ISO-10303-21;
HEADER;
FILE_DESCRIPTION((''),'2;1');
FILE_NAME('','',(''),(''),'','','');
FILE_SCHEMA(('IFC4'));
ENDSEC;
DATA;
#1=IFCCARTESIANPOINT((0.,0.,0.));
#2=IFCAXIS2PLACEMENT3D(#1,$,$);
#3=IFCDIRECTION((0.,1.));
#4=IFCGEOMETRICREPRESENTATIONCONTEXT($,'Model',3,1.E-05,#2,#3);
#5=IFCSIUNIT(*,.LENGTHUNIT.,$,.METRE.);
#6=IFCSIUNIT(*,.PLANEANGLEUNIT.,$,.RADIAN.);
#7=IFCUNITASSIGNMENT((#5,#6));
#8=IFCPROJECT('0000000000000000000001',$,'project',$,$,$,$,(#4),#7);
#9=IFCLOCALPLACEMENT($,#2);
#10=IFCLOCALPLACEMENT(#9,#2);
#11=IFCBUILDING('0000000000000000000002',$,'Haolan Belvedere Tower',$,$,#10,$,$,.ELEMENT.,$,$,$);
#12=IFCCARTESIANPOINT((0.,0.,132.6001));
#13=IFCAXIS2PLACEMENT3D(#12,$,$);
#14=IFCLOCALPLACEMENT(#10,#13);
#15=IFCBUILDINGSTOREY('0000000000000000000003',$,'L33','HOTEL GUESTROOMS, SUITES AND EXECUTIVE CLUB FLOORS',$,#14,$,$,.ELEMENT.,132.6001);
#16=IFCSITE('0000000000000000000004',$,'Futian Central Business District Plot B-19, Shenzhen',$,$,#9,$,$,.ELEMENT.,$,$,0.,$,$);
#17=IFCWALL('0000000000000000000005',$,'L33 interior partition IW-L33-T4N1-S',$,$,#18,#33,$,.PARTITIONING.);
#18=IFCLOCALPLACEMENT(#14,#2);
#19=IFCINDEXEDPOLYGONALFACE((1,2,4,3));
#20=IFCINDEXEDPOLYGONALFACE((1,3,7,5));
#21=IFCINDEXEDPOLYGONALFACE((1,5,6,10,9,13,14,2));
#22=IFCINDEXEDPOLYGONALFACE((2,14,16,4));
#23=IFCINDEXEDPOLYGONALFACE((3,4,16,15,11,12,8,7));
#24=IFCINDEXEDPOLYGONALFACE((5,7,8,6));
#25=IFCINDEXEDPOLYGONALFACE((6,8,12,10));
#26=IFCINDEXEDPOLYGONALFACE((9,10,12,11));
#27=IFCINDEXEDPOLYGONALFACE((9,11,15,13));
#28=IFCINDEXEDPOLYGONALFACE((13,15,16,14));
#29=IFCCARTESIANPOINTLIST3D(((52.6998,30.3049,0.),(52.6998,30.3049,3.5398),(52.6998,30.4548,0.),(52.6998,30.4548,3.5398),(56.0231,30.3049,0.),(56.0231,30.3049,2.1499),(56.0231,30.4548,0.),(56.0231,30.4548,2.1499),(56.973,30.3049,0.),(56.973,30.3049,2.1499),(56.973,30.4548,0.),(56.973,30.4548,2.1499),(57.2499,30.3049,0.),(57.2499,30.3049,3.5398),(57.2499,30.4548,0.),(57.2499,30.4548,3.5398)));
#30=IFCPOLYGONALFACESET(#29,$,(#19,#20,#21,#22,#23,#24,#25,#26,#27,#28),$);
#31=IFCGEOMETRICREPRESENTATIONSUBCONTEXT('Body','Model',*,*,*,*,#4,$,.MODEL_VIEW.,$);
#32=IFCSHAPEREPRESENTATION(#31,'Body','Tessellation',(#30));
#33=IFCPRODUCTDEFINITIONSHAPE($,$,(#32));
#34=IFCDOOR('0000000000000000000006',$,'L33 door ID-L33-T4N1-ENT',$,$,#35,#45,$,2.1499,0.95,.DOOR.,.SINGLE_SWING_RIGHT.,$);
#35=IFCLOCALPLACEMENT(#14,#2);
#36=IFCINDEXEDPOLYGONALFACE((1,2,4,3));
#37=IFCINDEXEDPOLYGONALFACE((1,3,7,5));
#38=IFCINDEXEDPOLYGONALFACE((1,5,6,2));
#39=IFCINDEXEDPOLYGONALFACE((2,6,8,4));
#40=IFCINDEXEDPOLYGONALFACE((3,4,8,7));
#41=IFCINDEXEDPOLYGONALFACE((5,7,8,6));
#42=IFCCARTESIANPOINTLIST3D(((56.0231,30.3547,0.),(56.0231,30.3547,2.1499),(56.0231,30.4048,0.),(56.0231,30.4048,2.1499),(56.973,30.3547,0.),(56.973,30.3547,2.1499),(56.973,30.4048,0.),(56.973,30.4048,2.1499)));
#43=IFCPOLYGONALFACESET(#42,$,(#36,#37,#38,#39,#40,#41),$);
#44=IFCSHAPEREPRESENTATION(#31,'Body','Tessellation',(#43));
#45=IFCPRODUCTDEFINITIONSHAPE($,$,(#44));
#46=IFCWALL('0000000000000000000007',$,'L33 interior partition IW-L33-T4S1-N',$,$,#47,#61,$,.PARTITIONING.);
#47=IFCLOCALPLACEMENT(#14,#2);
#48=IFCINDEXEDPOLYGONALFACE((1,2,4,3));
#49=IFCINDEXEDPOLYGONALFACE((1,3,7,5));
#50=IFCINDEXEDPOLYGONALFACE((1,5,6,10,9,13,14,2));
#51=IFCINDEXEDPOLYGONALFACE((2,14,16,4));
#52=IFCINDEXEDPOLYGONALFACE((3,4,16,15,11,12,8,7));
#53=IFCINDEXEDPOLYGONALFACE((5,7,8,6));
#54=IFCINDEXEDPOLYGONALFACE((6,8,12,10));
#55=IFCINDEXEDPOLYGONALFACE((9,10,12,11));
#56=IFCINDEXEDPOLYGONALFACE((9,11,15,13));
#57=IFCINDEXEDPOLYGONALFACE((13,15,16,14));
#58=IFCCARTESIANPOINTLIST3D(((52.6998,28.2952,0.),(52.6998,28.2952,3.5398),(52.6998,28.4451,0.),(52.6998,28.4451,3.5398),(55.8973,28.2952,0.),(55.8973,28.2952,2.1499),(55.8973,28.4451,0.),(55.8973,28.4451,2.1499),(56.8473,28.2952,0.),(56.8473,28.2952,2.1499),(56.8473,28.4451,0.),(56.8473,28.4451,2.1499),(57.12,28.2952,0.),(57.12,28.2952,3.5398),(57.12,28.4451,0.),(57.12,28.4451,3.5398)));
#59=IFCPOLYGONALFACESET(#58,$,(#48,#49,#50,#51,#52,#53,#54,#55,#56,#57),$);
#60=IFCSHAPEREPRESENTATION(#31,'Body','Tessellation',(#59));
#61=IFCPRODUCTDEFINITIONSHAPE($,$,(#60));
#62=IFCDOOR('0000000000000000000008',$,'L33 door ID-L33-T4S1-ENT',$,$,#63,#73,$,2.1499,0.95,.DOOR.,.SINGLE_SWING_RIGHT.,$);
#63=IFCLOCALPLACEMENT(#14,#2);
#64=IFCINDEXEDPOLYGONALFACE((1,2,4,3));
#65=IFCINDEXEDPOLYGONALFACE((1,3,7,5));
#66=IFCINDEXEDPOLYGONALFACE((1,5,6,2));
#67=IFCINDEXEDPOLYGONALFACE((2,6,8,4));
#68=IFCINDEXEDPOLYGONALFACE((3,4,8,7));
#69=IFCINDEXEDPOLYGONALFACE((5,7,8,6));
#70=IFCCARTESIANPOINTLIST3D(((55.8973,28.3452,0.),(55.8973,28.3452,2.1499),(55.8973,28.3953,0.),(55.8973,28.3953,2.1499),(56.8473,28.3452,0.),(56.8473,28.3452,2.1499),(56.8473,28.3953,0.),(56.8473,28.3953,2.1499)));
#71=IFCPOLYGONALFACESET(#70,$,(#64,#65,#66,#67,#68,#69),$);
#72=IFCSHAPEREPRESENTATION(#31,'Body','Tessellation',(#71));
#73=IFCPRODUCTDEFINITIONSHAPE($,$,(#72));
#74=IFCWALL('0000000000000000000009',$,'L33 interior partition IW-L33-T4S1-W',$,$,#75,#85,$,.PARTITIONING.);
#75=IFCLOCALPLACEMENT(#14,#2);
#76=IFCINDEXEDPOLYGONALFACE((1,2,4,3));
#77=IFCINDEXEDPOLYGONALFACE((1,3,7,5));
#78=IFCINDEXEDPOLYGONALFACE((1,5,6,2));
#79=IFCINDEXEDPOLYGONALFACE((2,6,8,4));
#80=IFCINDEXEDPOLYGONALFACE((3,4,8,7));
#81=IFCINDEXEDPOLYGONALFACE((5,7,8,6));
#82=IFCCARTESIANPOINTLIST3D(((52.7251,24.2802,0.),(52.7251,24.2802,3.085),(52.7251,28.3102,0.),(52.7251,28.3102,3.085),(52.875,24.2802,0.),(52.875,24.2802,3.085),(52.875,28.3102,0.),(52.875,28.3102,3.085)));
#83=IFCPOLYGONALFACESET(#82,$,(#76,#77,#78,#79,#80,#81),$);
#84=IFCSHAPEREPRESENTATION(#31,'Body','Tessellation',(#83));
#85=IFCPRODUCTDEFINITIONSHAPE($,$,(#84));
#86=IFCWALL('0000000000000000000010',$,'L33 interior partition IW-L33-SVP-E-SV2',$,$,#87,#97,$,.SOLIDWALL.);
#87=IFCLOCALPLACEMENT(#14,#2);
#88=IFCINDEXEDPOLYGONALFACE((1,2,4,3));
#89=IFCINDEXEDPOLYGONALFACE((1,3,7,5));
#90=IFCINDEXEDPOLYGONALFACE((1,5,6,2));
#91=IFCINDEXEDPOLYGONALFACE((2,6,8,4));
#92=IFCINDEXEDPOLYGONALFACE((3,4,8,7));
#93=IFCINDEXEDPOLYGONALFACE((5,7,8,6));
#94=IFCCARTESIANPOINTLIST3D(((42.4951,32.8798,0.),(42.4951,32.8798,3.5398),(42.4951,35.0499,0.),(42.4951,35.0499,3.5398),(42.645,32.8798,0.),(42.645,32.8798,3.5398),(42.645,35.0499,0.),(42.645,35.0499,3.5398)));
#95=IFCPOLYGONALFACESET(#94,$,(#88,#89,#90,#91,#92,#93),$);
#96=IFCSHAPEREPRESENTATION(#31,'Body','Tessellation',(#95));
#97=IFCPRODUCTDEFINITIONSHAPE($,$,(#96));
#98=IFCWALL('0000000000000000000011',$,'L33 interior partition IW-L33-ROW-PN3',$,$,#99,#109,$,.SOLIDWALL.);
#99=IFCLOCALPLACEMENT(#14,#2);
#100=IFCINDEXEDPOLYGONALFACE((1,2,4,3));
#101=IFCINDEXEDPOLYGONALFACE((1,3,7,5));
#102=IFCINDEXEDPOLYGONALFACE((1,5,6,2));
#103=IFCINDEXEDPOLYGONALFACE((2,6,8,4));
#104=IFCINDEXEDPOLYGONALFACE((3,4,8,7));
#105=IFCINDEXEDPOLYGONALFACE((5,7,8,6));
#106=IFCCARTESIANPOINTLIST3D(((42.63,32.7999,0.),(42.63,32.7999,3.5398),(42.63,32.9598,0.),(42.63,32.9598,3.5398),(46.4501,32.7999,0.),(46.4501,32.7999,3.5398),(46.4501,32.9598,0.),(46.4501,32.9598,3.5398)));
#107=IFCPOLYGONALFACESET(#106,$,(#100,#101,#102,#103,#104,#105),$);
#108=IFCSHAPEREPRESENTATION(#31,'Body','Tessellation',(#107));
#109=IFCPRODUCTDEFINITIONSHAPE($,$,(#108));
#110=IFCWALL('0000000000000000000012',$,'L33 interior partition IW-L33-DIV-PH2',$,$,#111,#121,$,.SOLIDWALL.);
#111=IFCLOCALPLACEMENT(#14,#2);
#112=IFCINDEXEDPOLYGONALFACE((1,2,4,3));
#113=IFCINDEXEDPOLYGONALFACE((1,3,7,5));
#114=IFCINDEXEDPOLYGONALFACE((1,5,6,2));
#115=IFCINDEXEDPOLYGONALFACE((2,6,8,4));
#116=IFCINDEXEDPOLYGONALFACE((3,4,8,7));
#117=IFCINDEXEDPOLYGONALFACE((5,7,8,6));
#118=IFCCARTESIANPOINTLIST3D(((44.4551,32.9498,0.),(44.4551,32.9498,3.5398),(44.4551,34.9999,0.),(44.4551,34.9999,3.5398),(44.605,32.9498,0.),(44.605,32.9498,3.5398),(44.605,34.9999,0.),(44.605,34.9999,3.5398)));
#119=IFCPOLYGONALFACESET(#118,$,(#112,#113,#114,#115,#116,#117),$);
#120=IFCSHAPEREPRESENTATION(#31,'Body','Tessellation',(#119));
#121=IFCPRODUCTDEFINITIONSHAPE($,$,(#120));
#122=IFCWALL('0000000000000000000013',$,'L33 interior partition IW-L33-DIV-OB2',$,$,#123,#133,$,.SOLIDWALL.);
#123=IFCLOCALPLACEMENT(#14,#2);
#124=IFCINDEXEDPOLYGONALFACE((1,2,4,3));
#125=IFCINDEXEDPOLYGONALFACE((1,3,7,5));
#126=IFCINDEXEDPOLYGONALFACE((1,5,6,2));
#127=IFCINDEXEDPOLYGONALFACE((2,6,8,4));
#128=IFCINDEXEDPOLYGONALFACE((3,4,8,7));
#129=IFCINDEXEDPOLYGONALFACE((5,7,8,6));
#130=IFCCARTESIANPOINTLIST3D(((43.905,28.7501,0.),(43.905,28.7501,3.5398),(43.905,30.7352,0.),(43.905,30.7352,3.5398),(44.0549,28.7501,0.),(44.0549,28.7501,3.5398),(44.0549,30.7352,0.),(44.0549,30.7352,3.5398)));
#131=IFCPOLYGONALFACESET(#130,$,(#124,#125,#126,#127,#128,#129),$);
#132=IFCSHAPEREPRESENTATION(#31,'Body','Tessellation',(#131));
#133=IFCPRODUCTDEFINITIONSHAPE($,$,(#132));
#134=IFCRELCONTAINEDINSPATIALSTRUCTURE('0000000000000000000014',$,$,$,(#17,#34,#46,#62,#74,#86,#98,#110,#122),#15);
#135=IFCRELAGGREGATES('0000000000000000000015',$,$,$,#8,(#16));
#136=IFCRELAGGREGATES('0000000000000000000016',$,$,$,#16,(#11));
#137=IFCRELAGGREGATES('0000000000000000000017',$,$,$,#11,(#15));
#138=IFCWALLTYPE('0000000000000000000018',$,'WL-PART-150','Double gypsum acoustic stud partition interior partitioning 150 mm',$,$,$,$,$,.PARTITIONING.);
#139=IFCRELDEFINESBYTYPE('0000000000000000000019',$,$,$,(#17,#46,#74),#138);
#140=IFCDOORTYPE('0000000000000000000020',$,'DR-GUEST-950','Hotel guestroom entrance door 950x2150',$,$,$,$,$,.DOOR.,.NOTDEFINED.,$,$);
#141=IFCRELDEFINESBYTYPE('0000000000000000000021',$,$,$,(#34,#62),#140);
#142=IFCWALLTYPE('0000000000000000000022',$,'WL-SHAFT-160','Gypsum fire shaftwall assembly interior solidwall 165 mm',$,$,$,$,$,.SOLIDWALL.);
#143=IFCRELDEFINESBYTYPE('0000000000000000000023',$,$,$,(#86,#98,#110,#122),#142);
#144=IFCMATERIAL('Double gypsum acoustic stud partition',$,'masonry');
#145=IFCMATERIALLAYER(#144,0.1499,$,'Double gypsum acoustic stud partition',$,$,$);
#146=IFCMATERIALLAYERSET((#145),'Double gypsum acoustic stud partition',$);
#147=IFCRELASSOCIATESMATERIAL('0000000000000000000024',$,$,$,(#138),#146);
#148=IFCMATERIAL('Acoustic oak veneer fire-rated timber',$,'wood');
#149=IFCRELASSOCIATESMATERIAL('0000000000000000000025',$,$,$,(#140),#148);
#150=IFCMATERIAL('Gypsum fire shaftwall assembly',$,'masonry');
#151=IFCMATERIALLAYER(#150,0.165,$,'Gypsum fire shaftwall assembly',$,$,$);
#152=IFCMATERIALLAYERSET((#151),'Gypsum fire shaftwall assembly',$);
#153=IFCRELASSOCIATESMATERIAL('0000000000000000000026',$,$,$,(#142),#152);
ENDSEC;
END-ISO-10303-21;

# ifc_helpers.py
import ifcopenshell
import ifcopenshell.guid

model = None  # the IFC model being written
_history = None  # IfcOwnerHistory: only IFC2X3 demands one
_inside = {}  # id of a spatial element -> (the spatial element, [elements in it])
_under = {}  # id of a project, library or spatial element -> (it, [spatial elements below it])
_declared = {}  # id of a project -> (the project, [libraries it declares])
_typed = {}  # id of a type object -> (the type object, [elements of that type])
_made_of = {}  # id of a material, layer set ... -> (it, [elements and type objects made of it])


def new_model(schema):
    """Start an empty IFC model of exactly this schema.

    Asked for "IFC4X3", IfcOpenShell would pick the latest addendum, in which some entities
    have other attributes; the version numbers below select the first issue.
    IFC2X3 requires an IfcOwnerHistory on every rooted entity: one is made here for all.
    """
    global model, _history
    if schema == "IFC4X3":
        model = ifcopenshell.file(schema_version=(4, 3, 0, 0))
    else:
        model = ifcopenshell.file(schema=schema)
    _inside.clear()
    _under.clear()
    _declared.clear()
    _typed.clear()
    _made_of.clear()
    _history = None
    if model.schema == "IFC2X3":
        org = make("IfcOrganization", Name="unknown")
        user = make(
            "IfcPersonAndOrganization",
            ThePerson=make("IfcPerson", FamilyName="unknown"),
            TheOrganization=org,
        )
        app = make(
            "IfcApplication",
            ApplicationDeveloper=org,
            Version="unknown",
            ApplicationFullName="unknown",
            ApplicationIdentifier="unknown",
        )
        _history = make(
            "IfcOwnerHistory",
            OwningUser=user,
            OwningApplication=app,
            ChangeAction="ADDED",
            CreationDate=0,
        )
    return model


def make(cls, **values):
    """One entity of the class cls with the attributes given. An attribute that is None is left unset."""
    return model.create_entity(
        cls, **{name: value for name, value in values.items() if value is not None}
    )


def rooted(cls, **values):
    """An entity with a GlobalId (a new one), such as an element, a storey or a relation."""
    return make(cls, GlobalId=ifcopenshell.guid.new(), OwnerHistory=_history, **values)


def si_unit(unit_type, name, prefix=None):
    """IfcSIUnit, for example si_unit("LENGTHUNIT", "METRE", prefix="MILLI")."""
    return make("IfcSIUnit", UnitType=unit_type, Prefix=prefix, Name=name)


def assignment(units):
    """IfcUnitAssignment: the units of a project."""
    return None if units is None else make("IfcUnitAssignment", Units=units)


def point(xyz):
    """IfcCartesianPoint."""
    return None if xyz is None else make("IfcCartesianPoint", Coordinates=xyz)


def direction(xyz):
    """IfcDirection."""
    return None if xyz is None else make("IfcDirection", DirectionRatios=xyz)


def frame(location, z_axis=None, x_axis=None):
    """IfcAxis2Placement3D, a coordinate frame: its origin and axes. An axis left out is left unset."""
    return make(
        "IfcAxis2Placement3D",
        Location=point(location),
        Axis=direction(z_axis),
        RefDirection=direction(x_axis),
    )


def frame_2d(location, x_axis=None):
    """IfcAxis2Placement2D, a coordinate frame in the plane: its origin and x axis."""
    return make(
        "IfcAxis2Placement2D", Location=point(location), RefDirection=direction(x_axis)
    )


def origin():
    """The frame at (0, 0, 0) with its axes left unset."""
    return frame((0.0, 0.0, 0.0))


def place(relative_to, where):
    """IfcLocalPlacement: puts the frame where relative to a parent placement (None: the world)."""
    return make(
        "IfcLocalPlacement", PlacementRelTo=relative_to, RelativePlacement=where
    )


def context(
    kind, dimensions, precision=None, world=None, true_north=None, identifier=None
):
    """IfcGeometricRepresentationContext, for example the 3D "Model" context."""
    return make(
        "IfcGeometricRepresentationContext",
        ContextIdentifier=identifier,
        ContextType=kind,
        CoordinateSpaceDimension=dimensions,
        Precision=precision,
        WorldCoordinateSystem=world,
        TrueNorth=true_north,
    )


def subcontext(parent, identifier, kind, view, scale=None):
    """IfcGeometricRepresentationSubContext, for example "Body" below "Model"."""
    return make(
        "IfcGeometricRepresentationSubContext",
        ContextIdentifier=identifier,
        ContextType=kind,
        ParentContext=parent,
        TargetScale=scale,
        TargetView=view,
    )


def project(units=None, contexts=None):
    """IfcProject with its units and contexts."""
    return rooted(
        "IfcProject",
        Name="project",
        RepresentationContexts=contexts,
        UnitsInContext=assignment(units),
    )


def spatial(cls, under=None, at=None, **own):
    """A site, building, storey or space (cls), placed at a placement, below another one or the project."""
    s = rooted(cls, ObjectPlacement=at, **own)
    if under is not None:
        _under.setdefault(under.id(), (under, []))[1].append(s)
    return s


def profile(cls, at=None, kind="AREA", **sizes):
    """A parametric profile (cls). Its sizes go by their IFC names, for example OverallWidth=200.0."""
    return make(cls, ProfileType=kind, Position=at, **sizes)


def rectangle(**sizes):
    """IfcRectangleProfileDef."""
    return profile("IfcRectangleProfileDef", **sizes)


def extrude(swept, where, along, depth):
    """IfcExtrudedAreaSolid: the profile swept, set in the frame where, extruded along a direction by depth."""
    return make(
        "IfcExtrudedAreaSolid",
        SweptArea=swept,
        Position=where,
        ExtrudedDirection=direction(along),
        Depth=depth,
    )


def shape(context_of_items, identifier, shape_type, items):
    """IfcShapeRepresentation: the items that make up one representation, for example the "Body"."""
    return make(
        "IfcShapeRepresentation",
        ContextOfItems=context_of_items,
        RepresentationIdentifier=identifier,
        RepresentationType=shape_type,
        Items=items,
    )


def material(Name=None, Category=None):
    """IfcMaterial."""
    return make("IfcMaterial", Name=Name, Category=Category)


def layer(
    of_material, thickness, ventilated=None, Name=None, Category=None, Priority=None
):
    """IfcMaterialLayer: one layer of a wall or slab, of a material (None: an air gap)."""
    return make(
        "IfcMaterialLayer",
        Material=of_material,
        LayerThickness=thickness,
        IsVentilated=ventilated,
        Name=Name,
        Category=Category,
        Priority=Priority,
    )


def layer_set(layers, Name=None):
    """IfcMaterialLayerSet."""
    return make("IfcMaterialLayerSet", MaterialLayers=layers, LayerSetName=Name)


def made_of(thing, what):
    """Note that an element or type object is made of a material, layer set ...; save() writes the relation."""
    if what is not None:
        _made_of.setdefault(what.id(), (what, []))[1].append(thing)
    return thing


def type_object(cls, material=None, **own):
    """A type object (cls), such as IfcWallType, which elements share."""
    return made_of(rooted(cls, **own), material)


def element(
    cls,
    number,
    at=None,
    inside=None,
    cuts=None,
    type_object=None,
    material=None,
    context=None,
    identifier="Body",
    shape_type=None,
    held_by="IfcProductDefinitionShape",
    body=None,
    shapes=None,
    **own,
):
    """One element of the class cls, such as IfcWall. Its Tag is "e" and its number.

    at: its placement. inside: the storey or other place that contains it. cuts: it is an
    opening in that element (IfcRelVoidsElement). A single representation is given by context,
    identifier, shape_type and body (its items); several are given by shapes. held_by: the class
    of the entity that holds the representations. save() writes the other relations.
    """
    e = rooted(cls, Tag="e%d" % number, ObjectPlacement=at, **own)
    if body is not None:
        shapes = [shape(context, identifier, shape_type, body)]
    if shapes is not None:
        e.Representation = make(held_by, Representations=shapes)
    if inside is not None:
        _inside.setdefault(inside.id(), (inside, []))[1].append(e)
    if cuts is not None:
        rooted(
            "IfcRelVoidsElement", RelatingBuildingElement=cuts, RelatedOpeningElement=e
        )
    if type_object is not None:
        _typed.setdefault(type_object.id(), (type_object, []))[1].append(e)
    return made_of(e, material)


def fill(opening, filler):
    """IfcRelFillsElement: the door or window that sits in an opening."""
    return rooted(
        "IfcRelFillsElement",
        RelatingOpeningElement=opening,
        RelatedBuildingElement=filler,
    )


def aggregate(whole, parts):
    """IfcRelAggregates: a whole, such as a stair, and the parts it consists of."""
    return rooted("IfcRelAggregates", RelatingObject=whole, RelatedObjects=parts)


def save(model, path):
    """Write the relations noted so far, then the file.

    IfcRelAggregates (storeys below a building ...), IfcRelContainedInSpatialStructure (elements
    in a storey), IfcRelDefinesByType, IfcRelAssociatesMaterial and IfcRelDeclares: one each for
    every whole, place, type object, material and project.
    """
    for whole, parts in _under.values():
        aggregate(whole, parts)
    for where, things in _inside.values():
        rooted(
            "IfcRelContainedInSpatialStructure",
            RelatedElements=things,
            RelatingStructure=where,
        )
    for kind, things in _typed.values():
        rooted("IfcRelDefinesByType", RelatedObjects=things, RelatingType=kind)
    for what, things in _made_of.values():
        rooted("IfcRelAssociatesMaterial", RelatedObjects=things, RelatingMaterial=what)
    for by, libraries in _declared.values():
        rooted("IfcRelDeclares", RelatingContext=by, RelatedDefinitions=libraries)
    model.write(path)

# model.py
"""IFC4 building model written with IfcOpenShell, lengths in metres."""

from ifc_helpers import new_model, si_unit, direction, frame, frame_2d, origin, place, context, subcontext, project, spatial, rectangle, extrude, material, layer, layer_set, type_object, element, fill, save


model = new_model("IFC4")

# Units and contexts
model_context = context("Model", 3, precision=1e-05, world=origin(), true_north=direction((0.0, 1.0)))
body_context = subcontext(model_context, "Body", "Model", "MODEL_VIEW")
ifc_project = project(units=[si_unit("LENGTHUNIT", "METRE"), si_unit("PLANEANGLEUNIT", "RADIAN")], contexts=[model_context])

# Site, building, storey
site_placement = place(None, origin())
site = spatial("IfcSite", under=ifc_project, at=site_placement, Name="Futian Central Business District Plot B-19, Shenzhen", CompositionType="ELEMENT", RefElevation=0.0)
building_placement = place(site_placement, origin())
building = spatial("IfcBuilding", under=site, at=building_placement, Name="Haolan Belvedere Tower", CompositionType="ELEMENT")
storey_placement = place(building_placement, frame((0.0, 0.0, 132.6001)))
storey = spatial("IfcBuildingStorey", under=building, at=storey_placement, Name="L33", Description="HOTEL GUESTROOMS, SUITES AND EXECUTIVE CLUB FLOORS", CompositionType="ELEMENT", Elevation=132.6001)

# Shared definitions
ifc_material_1 = material(Name="Double gypsum acoustic stud partition", Category="masonry")
ifc_layer_1 = layer(ifc_material_1, 0.1499, Name="Double gypsum acoustic stud partition")
ifc_layer_set_1 = layer_set([ifc_layer_1], Name="Double gypsum acoustic stud partition")
wall_type_1 = type_object("IfcWallType", Name="WL-PART-150", Description="Double gypsum acoustic stud partition interior partitioning 150 mm", PredefinedType="PARTITIONING", material=ifc_layer_set_1)

# Walls, openings, doors
wall_1_placement = place(storey_placement, frame((52.7, 30.3799, 0.0), z_axis=(0.0, 0.0, 1.0), x_axis=(1.0, 0.0, 0.0)))
wall_1 = element("IfcWall", 1, at=wall_1_placement, inside=storey, type_object=wall_type_1, Name="L33 interior partition IW-L33-T4N1-S", PredefinedType="PARTITIONING", context=body_context, shape_type="SweptSolid", body=[
    extrude(rectangle(XDim=4.55, YDim=0.1499, at=frame_2d((2.2749, 0.0))), origin(), (0.0, 0.0, 1.0), 3.5398),
])
opening_1_placement = place(wall_1_placement, frame((3.323, 0.0, 0.0)))
opening_1 = element("IfcOpeningElement", 2, at=opening_1_placement, cuts=wall_1, PredefinedType="OPENING", context=body_context, shape_type="SweptSolid", body=[
    extrude(rectangle(XDim=0.95, YDim=2.1499, at=frame_2d((0.4751, 1.075))), frame((0.0, 0.085, 0.0), z_axis=(0.0, -1.0, 0.0), x_axis=(1.0, 0.0, 0.0)), (0.0, 0.0, 1.0), 0.1699),
])
ifc_material_2 = material(Name="Acoustic oak veneer fire-rated timber", Category="wood")
door_type_1 = type_object("IfcDoorType", Name="DR-GUEST-950", Description="Hotel guestroom entrance door 950x2150", OperationType="NOTDEFINED", PredefinedType="DOOR", material=ifc_material_2)
door_1_placement = place(opening_1_placement, origin())
door_1 = element("IfcDoor", 3, at=door_1_placement, inside=storey, type_object=door_type_1, Name="L33 door ID-L33-T4N1-ENT", OperationType="SINGLE_SWING_RIGHT", OverallHeight=2.1499, OverallWidth=0.95, PredefinedType="DOOR", context=body_context, shape_type="SweptSolid", body=[
    extrude(rectangle(XDim=0.95, YDim=2.1499, at=frame_2d((0.4751, 1.075))), frame((0.0, 0.0249, 0.0), z_axis=(0.0, -1.0, 0.0), x_axis=(1.0, 0.0, 0.0)), (0.0, 0.0, 1.0), 0.05),
])
fill(opening_1, door_1)
wall_2_placement = place(storey_placement, frame((52.7, 28.3701, 0.0), z_axis=(0.0, 0.0, 1.0), x_axis=(1.0, 0.0, 0.0)))
wall_2 = element("IfcWall", 4, at=wall_2_placement, inside=storey, type_object=wall_type_1, Name="L33 interior partition IW-L33-T4S1-N", PredefinedType="PARTITIONING", context=body_context, shape_type="SweptSolid", body=[
    extrude(rectangle(XDim=4.4202, YDim=0.1499, at=frame_2d((2.21, 0.0))), origin(), (0.0, 0.0, 1.0), 3.5398),
])
opening_2_placement = place(wall_2_placement, frame((4.1475, 0.0, 0.0), z_axis=(0.0, 0.0, 1.0), x_axis=(-1.0, 0.0, 0.0)))
opening_2 = element("IfcOpeningElement", 5, at=opening_2_placement, cuts=wall_2, PredefinedType="OPENING", context=body_context, shape_type="SweptSolid", body=[
    extrude(rectangle(XDim=0.95, YDim=2.1499, at=frame_2d((0.4751, 1.075))), frame((0.0, 0.085, 0.0), z_axis=(0.0, -1.0, 0.0), x_axis=(1.0, 0.0, 0.0)), (0.0, 0.0, 1.0), 0.1699),
])
door_2_placement = place(opening_2_placement, origin())
door_2 = element("IfcDoor", 6, at=door_2_placement, inside=storey, type_object=door_type_1, Name="L33 door ID-L33-T4S1-ENT", OperationType="SINGLE_SWING_RIGHT", OverallHeight=2.1499, OverallWidth=0.95, PredefinedType="DOOR", context=body_context, shape_type="SweptSolid", body=[
    extrude(rectangle(XDim=0.95, YDim=2.1499, at=frame_2d((0.4751, 1.075))), frame((0.0, 0.0249, 0.0), z_axis=(0.0, -1.0, 0.0), x_axis=(1.0, 0.0, 0.0)), (0.0, 0.0, 1.0), 0.05),
])
fill(opening_2, door_2)

# Walls
wall_3_placement = place(storey_placement, frame((52.8, 24.28, 0.0), z_axis=(0.0, 0.0, 1.0), x_axis=(0.0, 1.0, 0.0)))
element("IfcWall", 7, at=wall_3_placement, inside=storey, type_object=wall_type_1, Name="L33 interior partition IW-L33-T4S1-W", PredefinedType="PARTITIONING", context=body_context, shape_type="SweptSolid", body=[
    extrude(rectangle(XDim=4.03, YDim=0.1499, at=frame_2d((2.0151, 0.0))), origin(), (0.0, 0.0, 1.0), 3.085),
])
ifc_material_3 = material(Name="Gypsum fire shaftwall assembly", Category="masonry")
ifc_layer_2 = layer(ifc_material_3, 0.165, Name="Gypsum fire shaftwall assembly")
ifc_layer_set_2 = layer_set([ifc_layer_2], Name="Gypsum fire shaftwall assembly")
wall_type_2 = type_object("IfcWallType", Name="WL-SHAFT-160", Description="Gypsum fire shaftwall assembly interior solidwall 165 mm", PredefinedType="SOLIDWALL", material=ifc_layer_set_2)
wall_4_placement = place(storey_placement, frame((42.5701, 32.8799, 0.0), z_axis=(0.0, 0.0, 1.0), x_axis=(0.0, 1.0, 0.0)))
element("IfcWall", 8, at=wall_4_placement, inside=storey, type_object=wall_type_2, Name="L33 interior partition IW-L33-SVP-E-SV2", PredefinedType="SOLIDWALL", context=body_context, shape_type="SweptSolid", body=[
    extrude(rectangle(XDim=2.1702, YDim=0.1499, at=frame_2d((1.085, 0.0))), origin(), (0.0, 0.0, 1.0), 3.5398),
])
wall_5_placement = place(storey_placement, frame((42.6299, 32.8799, 0.0), z_axis=(0.0, 0.0, 1.0), x_axis=(1.0, 0.0, 0.0)))
element("IfcWall", 9, at=wall_5_placement, inside=storey, type_object=wall_type_2, Name="L33 interior partition IW-L33-ROW-PN3", PredefinedType="SOLIDWALL", context=body_context, shape_type="SweptSolid", body=[
    extrude(rectangle(XDim=3.8201, YDim=0.1599, at=frame_2d((1.9102, 0.0))), origin(), (0.0, 0.0, 1.0), 3.5398),
])
wall_6_placement = place(storey_placement, frame((44.53, 32.95, 0.0), z_axis=(0.0, 0.0, 1.0), x_axis=(0.0, 1.0, 0.0)))
element("IfcWall", 10, at=wall_6_placement, inside=storey, type_object=wall_type_2, Name="L33 interior partition IW-L33-DIV-PH2", PredefinedType="SOLIDWALL", context=body_context, shape_type="SweptSolid", body=[
    extrude(rectangle(XDim=2.05, YDim=0.1499, at=frame_2d((1.0249, 0.0))), origin(), (0.0, 0.0, 1.0), 3.5398),
])
wall_7_placement = place(storey_placement, frame((43.98, 28.75, 0.0), z_axis=(0.0, 0.0, 1.0), x_axis=(0.0, 1.0, 0.0)))
element("IfcWall", 11, at=wall_7_placement, inside=storey, type_object=wall_type_2, Name="L33 interior partition IW-L33-DIV-OB2", PredefinedType="SOLIDWALL", context=body_context, shape_type="SweptSolid", body=[
    extrude(rectangle(XDim=1.9851, YDim=0.1499, at=frame_2d((0.9927, 0.0))), origin(), (0.0, 0.0, 1.0), 3.5398),
])

save(model, "model.ifc")
